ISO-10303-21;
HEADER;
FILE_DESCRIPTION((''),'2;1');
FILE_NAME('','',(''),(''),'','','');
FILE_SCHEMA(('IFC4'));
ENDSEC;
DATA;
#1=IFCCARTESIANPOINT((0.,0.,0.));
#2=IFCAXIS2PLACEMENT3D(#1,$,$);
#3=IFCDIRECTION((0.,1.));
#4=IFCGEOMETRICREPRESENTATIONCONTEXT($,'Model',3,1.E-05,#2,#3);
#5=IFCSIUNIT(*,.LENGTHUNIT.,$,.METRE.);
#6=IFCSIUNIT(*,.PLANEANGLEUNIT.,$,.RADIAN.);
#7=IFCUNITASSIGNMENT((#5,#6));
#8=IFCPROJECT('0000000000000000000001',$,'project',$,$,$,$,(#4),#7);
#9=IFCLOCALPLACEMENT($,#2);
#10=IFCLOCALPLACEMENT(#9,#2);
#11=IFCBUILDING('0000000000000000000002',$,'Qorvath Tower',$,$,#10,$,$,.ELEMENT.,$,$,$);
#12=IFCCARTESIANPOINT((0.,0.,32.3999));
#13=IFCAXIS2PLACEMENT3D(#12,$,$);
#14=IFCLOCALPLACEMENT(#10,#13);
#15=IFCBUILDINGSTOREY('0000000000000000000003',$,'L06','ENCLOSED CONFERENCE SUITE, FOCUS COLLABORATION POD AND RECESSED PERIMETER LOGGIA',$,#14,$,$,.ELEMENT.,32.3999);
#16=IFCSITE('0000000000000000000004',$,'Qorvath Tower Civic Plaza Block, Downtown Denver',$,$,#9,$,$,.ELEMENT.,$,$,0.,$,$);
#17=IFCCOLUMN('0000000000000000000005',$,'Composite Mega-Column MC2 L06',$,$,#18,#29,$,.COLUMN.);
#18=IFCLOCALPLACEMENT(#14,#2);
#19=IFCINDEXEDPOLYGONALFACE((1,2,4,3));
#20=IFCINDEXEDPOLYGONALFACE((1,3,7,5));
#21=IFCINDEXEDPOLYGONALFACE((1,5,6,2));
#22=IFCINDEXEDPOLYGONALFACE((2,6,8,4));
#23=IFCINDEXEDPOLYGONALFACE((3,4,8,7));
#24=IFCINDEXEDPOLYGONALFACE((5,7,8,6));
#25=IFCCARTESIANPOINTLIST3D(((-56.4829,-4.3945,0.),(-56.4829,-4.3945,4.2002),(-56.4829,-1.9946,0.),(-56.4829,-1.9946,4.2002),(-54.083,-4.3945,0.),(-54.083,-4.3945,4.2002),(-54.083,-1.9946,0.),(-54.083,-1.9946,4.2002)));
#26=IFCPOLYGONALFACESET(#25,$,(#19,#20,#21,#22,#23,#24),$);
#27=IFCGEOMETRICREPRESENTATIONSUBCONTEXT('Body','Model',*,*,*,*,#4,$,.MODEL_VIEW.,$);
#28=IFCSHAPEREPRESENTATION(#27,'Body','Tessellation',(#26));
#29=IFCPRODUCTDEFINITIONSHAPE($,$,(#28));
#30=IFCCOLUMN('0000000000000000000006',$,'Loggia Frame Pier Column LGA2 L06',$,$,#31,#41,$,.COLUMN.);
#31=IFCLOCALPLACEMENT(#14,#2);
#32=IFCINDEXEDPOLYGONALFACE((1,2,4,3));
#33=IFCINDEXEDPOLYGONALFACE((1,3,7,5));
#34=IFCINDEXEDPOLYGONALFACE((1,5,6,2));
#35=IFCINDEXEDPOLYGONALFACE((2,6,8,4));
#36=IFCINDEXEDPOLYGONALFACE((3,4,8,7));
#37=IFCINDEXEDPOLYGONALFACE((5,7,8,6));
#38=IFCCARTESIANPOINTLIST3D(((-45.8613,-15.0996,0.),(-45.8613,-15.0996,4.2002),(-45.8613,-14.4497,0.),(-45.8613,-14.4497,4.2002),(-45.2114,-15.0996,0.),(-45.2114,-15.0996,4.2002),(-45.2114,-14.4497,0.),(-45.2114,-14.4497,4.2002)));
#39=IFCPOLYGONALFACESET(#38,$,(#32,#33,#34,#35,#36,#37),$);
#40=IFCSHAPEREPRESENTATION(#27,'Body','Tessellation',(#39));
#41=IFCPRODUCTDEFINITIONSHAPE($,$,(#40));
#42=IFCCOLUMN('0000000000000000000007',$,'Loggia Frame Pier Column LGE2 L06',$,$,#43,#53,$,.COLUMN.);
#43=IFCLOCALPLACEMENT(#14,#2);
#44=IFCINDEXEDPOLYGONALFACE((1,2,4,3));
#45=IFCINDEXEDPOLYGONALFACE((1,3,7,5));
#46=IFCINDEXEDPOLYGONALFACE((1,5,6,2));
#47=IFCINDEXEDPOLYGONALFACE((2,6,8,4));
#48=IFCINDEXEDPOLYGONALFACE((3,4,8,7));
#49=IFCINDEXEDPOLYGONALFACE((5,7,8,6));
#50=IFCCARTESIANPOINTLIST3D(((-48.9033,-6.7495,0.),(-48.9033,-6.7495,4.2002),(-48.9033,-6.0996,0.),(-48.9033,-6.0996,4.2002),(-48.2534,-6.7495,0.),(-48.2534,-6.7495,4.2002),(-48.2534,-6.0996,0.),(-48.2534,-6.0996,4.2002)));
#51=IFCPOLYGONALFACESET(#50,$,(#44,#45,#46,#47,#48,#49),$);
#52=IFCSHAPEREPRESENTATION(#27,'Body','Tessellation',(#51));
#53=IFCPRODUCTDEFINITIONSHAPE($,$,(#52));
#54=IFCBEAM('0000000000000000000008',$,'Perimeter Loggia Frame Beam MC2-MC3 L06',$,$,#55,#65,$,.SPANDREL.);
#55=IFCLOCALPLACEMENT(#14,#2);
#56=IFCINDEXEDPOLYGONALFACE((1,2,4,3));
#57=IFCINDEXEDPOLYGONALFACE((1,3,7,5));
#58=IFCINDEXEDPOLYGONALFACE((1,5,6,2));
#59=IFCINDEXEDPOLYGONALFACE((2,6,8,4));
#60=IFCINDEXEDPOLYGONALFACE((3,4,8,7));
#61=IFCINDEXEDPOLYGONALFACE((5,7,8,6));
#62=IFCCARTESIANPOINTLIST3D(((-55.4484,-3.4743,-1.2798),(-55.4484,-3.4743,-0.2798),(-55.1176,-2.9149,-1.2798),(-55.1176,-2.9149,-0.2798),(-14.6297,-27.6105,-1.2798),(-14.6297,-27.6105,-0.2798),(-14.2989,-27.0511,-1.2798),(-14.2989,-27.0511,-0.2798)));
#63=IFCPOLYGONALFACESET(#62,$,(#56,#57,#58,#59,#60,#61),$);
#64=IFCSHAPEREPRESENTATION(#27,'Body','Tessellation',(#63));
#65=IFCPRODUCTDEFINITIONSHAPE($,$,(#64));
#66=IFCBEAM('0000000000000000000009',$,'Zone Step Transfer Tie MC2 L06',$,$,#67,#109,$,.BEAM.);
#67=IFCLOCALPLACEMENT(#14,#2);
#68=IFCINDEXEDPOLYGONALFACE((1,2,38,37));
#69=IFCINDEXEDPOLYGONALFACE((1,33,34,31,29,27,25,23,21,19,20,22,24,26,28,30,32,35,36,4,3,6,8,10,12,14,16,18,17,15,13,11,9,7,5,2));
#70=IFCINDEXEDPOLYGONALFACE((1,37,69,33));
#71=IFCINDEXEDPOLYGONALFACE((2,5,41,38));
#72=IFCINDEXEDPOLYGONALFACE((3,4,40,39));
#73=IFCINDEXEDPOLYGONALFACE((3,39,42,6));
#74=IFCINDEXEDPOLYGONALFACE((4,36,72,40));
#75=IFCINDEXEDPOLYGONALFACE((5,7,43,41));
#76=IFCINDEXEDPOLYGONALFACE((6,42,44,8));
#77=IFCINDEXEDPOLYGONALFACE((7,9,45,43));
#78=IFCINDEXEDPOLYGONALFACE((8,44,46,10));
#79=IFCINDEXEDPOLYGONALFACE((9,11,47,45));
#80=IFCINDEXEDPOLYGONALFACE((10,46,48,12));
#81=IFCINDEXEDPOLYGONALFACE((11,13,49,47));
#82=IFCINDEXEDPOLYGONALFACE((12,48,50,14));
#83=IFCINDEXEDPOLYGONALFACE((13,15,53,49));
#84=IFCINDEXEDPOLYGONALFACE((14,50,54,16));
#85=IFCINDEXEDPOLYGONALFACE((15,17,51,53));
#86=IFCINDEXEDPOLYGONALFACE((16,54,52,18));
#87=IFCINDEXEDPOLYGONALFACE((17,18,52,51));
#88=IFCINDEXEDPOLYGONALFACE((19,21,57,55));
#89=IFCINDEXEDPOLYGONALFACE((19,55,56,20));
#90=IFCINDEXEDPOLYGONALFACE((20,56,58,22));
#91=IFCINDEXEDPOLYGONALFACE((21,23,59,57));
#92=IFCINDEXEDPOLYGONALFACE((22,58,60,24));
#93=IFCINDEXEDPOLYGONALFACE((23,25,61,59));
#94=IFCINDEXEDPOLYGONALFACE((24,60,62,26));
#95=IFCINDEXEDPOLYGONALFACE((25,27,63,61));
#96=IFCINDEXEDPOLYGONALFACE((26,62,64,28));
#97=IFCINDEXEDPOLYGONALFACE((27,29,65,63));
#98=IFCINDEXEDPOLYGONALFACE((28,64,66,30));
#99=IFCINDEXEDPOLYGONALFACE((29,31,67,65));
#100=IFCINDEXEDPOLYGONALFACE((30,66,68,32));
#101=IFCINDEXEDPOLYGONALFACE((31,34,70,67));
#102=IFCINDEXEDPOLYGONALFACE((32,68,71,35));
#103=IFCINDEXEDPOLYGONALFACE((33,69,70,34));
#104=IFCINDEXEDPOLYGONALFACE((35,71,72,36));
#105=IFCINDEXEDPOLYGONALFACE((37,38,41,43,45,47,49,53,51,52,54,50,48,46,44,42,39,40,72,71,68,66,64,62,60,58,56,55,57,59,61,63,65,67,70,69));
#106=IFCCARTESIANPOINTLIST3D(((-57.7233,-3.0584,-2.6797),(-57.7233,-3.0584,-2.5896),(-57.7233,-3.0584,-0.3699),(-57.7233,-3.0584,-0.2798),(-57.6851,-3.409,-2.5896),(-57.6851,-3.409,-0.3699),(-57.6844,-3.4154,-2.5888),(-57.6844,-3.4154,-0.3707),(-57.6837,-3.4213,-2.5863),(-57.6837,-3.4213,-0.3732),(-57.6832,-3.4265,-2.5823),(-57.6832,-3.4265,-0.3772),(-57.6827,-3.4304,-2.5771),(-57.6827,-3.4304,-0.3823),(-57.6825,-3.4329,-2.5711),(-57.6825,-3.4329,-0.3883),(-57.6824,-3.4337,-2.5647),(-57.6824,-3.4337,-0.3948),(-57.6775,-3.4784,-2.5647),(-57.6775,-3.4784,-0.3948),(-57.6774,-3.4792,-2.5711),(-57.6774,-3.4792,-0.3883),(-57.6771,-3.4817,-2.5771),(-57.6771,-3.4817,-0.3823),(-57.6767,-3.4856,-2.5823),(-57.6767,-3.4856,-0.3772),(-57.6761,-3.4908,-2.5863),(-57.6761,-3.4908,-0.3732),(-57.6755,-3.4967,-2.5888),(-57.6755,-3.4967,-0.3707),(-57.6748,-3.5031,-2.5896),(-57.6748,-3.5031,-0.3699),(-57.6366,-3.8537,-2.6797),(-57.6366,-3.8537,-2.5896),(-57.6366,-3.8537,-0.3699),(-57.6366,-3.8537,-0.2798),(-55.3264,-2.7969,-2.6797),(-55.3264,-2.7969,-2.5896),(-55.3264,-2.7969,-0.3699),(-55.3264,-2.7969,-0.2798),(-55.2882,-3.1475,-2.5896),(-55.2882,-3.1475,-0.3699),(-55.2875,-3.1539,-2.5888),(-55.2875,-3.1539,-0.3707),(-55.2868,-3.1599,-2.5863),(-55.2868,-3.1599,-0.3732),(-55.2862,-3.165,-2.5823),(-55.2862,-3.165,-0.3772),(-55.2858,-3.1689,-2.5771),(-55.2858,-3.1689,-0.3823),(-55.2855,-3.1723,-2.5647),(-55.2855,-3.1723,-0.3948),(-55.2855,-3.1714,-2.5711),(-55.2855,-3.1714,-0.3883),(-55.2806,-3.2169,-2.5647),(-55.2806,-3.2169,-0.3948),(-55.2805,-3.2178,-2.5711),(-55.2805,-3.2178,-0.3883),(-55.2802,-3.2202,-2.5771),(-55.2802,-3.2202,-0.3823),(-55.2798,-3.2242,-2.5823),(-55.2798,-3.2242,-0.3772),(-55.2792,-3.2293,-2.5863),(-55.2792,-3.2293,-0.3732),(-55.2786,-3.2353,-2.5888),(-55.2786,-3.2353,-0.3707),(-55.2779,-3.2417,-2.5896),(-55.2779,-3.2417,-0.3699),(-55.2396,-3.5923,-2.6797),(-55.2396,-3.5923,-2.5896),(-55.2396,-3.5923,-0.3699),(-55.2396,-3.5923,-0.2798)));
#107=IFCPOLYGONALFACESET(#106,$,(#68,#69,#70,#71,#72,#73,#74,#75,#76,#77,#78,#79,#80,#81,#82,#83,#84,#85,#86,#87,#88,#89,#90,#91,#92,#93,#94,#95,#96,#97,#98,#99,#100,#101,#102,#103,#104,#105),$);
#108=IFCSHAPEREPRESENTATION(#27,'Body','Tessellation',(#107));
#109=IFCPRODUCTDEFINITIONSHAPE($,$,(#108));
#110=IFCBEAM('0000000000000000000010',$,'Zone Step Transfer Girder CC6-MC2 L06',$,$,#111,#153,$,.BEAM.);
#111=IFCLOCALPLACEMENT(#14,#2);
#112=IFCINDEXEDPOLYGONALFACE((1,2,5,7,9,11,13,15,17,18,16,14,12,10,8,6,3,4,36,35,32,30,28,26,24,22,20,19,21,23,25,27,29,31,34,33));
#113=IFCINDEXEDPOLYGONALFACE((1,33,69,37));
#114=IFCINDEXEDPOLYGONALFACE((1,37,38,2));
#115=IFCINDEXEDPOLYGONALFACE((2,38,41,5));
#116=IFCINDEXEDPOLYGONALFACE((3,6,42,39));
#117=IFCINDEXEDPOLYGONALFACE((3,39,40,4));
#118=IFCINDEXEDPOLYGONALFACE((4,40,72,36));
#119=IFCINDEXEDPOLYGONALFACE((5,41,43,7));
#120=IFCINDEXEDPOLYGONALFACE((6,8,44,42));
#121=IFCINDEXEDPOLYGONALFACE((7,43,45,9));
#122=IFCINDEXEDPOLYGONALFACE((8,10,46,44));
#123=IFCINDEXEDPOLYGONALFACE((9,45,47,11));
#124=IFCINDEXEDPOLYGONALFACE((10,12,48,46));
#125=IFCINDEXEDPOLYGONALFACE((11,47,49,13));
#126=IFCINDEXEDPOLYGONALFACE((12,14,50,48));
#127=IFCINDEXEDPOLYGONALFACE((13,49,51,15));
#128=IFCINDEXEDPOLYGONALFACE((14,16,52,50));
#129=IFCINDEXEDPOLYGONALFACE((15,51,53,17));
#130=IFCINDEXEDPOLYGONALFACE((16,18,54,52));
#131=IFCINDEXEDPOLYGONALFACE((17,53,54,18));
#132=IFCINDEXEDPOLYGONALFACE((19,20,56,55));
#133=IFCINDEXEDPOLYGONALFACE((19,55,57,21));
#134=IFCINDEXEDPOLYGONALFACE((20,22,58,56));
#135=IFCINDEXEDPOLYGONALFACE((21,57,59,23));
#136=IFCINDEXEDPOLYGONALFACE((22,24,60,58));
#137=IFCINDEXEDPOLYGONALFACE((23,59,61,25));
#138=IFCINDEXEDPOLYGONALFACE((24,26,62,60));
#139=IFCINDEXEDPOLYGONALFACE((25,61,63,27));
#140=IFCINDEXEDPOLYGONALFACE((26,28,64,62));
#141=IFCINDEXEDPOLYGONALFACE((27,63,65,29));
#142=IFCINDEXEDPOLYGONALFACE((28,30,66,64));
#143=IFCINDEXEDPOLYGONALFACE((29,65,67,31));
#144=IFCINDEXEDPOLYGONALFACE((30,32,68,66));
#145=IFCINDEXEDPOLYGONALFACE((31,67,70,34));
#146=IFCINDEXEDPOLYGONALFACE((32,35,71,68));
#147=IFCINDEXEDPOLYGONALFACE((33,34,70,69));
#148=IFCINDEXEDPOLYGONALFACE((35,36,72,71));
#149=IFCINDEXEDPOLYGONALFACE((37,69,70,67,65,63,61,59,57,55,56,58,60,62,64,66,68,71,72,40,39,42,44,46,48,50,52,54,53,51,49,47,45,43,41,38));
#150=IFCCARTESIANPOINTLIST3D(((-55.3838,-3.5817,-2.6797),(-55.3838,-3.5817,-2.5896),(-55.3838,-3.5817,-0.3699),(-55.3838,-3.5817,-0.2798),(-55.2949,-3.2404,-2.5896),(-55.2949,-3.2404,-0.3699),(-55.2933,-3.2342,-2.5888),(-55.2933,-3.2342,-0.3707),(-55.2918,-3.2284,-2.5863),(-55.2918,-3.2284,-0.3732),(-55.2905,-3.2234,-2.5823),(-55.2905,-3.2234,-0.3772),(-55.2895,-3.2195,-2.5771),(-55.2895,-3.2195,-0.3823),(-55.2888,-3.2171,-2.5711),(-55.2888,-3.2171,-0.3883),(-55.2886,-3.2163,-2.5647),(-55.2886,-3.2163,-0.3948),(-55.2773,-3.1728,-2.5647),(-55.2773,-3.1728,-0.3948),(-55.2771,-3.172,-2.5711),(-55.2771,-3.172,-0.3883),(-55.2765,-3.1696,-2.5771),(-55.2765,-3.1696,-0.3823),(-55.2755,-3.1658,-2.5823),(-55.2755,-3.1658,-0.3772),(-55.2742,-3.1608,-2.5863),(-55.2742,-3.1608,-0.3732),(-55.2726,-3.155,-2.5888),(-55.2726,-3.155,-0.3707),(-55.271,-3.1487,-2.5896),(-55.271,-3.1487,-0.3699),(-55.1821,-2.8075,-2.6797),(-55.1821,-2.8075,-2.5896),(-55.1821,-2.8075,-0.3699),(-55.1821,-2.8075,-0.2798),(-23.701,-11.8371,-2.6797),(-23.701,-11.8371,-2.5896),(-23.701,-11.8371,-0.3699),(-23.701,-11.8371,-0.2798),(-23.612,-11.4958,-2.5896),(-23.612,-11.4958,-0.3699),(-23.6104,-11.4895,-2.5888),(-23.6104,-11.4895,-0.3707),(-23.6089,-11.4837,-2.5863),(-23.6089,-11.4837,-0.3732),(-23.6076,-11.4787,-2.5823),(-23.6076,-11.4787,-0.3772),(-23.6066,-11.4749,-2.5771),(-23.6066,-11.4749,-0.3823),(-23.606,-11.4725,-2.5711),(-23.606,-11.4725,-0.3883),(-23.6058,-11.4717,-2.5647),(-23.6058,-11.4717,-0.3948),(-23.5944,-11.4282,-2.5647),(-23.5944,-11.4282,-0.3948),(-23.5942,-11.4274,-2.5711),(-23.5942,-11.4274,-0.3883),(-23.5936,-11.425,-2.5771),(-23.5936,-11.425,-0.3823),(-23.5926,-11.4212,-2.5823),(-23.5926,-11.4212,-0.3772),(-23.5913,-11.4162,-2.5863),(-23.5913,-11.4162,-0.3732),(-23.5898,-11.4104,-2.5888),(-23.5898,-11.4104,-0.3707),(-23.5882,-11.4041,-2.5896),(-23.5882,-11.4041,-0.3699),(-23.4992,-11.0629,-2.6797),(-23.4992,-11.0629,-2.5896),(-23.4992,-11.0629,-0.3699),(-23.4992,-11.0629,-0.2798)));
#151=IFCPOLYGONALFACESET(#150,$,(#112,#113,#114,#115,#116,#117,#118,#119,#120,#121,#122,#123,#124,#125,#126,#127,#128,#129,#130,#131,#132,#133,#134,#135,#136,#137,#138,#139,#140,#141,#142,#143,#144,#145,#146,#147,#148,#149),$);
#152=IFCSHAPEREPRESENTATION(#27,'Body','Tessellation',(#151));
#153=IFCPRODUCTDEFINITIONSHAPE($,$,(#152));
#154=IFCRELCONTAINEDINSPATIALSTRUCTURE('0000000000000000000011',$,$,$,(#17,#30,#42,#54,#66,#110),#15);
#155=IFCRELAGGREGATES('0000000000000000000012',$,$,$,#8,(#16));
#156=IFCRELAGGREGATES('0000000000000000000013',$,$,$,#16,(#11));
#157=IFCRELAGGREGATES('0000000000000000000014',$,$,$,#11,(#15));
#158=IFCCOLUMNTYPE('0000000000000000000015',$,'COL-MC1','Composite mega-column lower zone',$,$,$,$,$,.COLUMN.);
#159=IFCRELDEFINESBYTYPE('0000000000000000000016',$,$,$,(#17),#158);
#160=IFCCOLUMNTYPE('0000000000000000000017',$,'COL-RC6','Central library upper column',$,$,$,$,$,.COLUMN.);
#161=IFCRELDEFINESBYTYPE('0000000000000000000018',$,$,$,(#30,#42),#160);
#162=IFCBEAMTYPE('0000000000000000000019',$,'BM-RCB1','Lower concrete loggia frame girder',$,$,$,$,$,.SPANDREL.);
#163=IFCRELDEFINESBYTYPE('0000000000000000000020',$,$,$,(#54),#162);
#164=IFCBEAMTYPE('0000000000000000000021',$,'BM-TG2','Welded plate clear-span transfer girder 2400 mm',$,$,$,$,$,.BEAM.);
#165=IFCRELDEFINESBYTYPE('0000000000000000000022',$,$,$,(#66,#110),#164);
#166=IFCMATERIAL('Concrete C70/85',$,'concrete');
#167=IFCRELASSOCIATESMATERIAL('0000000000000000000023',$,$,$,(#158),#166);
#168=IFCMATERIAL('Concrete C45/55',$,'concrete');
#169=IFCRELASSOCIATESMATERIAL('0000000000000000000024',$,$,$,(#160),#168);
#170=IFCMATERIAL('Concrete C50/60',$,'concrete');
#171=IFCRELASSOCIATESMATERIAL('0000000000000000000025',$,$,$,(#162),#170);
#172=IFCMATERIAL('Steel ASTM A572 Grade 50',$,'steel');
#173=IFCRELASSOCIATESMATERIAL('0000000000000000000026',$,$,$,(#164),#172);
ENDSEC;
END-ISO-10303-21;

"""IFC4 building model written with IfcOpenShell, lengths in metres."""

from ifc_helpers import new_model, si_unit, direction, frame, origin, origin_2d, place, context, subcontext, project, spatial, rectangle, i_section, extrude, material, material_profile, profile_set, type_object, element, save


model = new_model("IFC4")

# Units and contexts
model_context = context("Model", 3, precision=1e-05, world=origin(), true_north=direction((0.0, 1.0)))
body_context = subcontext(model_context, "Body", "Model", "MODEL_VIEW")
ifc_project = project(units=[si_unit("LENGTHUNIT", "METRE"), si_unit("PLANEANGLEUNIT", "RADIAN")], contexts=[model_context])

# Site, building, storey
site_placement = place(None, origin())
site = spatial("IfcSite", under=ifc_project, at=site_placement, Name="Qorvath Tower Civic Plaza Block, Downtown Denver", CompositionType="ELEMENT", RefElevation=0.0)
building_placement = place(site_placement, origin())
building = spatial("IfcBuilding", under=site, at=building_placement, Name="Qorvath Tower", CompositionType="ELEMENT")
storey_placement = place(building_placement, frame((0.0, 0.0, 32.3999)))
storey = spatial("IfcBuildingStorey", under=building, at=storey_placement, Name="L06", Description="ENCLOSED CONFERENCE SUITE, FOCUS COLLABORATION POD AND RECESSED PERIMETER LOGGIA", CompositionType="ELEMENT", Elevation=32.3999)

# Columns
ifc_material_1 = material(Name="Concrete C70/85", Category="concrete")
ifc_material_profile_1 = material_profile(ifc_material_1, rectangle(XDim=2.3999, YDim=2.3999, at=origin_2d()), Name="MC 2400x2400")
ifc_profile_set_1 = profile_set([ifc_material_profile_1], Name="Concrete C70/85")
column_type_1 = type_object("IfcColumnType", Name="COL-MC1", Description="Composite mega-column lower zone", PredefinedType="COLUMN", material=ifc_profile_set_1)
column_placement = place(storey_placement, frame((-55.283, -3.1946, 0.0), z_axis=(0.0, 0.0, 1.0), x_axis=(1.0, 0.0, 0.0)))
element("IfcColumn", 1, at=column_placement, inside=storey, type_object=column_type_1, Name="Composite Mega-Column MC2 L06", PredefinedType="COLUMN", context=body_context, shape_type="SweptSolid", body=[
    extrude(rectangle(XDim=2.3999, YDim=2.3999, at=origin_2d()), origin(), (0.0, 0.0, 1.0), 4.2002),
])
ifc_material_2 = material(Name="Concrete C45/55", Category="concrete")
ifc_material_profile_2 = material_profile(ifc_material_2, rectangle(XDim=0.6499, YDim=0.6499, at=origin_2d()), Name="RC 650x650")
ifc_profile_set_2 = profile_set([ifc_material_profile_2], Name="Concrete C45/55")
column_type_2 = type_object("IfcColumnType", Name="COL-RC6", Description="Central library upper column", PredefinedType="COLUMN", material=ifc_profile_set_2)
for number, where, z_axis, x_axis, name in (
    (2, (-45.5364, -14.7747, 0.0), (0.0, 0.0, 1.0), (1.0, 0.0, 0.0), "Loggia Frame Pier Column LGA2 L06"),
    (3, (-48.5784, -6.4246, 0.0), (0.0, 0.0, 1.0), (1.0, 0.0, 0.0), "Loggia Frame Pier Column LGE2 L06"),
):
    element("IfcColumn", number, at=place(storey_placement, frame(where, z_axis=z_axis, x_axis=x_axis)), inside=storey, type_object=column_type_2, Name=name, PredefinedType="COLUMN", context=body_context, shape_type="SweptSolid", body=[
        extrude(rectangle(XDim=0.6499, YDim=0.6499, at=origin_2d()), origin(), (0.0, 0.0, 1.0), 4.2002),
    ])

# Beams
ifc_material_3 = material(Name="Concrete C50/60", Category="concrete")
ifc_material_profile_3 = material_profile(ifc_material_3, rectangle(XDim=0.6499, YDim=1.0, at=origin_2d()), Name="RCB 1000x650")
ifc_profile_set_3 = profile_set([ifc_material_profile_3], Name="Concrete C50/60")
beam_type_1 = type_object("IfcBeamType", Name="BM-RCB1", Description="Lower concrete loggia frame girder", PredefinedType="SPANDREL", material=ifc_profile_set_3)
beam_1_placement = place(storey_placement, frame((-55.283, -3.1946, -0.7798), z_axis=(0.860777, -0.508982, 0.0), x_axis=(0.508982, 0.860777, 0.0)))
element("IfcBeam", 4, at=beam_1_placement, inside=storey, type_object=beam_type_1, Name="Perimeter Loggia Frame Beam MC2-MC3 L06", PredefinedType="SPANDREL", context=body_context, shape_type="SweptSolid", body=[
    extrude(rectangle(XDim=0.6499, YDim=1.0, at=origin_2d()), origin(), (0.0, 0.0, 1.0), 47.4207),
])
ifc_material_4 = material(Name="Steel ASTM A572 Grade 50", Category="steel")
ifc_material_profile_4 = material_profile(ifc_material_4, i_section(OverallWidth=0.8, OverallDepth=2.3999, WebThickness=0.0449, FlangeThickness=0.0901, FilletRadius=0.0249, at=origin_2d()), Name="WTG 2400x800")
ifc_profile_set_4 = profile_set([ifc_material_profile_4], Name="Steel ASTM A572 Grade 50")
beam_type_2 = type_object("IfcBeamType", Name="BM-TG2", Description="Welded plate clear-span transfer girder 2400 mm", PredefinedType="BEAM", material=ifc_profile_set_4)
beam_2_placement = place(storey_placement, frame((-57.6799, -3.4561, -1.4797), z_axis=(0.994103, 0.108442, 0.0), x_axis=(-0.108442, 0.994103, 0.0)))
element("IfcBeam", 5, at=beam_2_placement, inside=storey, type_object=beam_type_2, Name="Zone Step Transfer Tie MC2 L06", PredefinedType="BEAM", context=body_context, shape_type="SweptSolid", body=[
    extrude(i_section(OverallWidth=0.8, OverallDepth=2.3999, WebThickness=0.0449, FlangeThickness=0.0901, FilletRadius=0.0249, at=origin_2d()), origin(), (0.0, 0.0, 1.0), 2.4111),
])
beam_3_placement = place(storey_placement, frame((-55.283, -3.1946, -1.4797), z_axis=(0.96769, -0.252144, 0.0), x_axis=(0.252144, 0.96769, 0.0)))
element("IfcBeam", 6, at=beam_3_placement, inside=storey, type_object=beam_type_2, Name="Zone Step Transfer Girder CC6-MC2 L06", PredefinedType="BEAM", context=body_context, shape_type="SweptSolid", body=[
    extrude(i_section(OverallWidth=0.8, OverallDepth=2.3999, WebThickness=0.0449, FlangeThickness=0.0901, FilletRadius=0.0249, at=origin_2d()), origin(), (0.0, 0.0, 1.0), 32.7407),
])

save(model, "model.ifc")
